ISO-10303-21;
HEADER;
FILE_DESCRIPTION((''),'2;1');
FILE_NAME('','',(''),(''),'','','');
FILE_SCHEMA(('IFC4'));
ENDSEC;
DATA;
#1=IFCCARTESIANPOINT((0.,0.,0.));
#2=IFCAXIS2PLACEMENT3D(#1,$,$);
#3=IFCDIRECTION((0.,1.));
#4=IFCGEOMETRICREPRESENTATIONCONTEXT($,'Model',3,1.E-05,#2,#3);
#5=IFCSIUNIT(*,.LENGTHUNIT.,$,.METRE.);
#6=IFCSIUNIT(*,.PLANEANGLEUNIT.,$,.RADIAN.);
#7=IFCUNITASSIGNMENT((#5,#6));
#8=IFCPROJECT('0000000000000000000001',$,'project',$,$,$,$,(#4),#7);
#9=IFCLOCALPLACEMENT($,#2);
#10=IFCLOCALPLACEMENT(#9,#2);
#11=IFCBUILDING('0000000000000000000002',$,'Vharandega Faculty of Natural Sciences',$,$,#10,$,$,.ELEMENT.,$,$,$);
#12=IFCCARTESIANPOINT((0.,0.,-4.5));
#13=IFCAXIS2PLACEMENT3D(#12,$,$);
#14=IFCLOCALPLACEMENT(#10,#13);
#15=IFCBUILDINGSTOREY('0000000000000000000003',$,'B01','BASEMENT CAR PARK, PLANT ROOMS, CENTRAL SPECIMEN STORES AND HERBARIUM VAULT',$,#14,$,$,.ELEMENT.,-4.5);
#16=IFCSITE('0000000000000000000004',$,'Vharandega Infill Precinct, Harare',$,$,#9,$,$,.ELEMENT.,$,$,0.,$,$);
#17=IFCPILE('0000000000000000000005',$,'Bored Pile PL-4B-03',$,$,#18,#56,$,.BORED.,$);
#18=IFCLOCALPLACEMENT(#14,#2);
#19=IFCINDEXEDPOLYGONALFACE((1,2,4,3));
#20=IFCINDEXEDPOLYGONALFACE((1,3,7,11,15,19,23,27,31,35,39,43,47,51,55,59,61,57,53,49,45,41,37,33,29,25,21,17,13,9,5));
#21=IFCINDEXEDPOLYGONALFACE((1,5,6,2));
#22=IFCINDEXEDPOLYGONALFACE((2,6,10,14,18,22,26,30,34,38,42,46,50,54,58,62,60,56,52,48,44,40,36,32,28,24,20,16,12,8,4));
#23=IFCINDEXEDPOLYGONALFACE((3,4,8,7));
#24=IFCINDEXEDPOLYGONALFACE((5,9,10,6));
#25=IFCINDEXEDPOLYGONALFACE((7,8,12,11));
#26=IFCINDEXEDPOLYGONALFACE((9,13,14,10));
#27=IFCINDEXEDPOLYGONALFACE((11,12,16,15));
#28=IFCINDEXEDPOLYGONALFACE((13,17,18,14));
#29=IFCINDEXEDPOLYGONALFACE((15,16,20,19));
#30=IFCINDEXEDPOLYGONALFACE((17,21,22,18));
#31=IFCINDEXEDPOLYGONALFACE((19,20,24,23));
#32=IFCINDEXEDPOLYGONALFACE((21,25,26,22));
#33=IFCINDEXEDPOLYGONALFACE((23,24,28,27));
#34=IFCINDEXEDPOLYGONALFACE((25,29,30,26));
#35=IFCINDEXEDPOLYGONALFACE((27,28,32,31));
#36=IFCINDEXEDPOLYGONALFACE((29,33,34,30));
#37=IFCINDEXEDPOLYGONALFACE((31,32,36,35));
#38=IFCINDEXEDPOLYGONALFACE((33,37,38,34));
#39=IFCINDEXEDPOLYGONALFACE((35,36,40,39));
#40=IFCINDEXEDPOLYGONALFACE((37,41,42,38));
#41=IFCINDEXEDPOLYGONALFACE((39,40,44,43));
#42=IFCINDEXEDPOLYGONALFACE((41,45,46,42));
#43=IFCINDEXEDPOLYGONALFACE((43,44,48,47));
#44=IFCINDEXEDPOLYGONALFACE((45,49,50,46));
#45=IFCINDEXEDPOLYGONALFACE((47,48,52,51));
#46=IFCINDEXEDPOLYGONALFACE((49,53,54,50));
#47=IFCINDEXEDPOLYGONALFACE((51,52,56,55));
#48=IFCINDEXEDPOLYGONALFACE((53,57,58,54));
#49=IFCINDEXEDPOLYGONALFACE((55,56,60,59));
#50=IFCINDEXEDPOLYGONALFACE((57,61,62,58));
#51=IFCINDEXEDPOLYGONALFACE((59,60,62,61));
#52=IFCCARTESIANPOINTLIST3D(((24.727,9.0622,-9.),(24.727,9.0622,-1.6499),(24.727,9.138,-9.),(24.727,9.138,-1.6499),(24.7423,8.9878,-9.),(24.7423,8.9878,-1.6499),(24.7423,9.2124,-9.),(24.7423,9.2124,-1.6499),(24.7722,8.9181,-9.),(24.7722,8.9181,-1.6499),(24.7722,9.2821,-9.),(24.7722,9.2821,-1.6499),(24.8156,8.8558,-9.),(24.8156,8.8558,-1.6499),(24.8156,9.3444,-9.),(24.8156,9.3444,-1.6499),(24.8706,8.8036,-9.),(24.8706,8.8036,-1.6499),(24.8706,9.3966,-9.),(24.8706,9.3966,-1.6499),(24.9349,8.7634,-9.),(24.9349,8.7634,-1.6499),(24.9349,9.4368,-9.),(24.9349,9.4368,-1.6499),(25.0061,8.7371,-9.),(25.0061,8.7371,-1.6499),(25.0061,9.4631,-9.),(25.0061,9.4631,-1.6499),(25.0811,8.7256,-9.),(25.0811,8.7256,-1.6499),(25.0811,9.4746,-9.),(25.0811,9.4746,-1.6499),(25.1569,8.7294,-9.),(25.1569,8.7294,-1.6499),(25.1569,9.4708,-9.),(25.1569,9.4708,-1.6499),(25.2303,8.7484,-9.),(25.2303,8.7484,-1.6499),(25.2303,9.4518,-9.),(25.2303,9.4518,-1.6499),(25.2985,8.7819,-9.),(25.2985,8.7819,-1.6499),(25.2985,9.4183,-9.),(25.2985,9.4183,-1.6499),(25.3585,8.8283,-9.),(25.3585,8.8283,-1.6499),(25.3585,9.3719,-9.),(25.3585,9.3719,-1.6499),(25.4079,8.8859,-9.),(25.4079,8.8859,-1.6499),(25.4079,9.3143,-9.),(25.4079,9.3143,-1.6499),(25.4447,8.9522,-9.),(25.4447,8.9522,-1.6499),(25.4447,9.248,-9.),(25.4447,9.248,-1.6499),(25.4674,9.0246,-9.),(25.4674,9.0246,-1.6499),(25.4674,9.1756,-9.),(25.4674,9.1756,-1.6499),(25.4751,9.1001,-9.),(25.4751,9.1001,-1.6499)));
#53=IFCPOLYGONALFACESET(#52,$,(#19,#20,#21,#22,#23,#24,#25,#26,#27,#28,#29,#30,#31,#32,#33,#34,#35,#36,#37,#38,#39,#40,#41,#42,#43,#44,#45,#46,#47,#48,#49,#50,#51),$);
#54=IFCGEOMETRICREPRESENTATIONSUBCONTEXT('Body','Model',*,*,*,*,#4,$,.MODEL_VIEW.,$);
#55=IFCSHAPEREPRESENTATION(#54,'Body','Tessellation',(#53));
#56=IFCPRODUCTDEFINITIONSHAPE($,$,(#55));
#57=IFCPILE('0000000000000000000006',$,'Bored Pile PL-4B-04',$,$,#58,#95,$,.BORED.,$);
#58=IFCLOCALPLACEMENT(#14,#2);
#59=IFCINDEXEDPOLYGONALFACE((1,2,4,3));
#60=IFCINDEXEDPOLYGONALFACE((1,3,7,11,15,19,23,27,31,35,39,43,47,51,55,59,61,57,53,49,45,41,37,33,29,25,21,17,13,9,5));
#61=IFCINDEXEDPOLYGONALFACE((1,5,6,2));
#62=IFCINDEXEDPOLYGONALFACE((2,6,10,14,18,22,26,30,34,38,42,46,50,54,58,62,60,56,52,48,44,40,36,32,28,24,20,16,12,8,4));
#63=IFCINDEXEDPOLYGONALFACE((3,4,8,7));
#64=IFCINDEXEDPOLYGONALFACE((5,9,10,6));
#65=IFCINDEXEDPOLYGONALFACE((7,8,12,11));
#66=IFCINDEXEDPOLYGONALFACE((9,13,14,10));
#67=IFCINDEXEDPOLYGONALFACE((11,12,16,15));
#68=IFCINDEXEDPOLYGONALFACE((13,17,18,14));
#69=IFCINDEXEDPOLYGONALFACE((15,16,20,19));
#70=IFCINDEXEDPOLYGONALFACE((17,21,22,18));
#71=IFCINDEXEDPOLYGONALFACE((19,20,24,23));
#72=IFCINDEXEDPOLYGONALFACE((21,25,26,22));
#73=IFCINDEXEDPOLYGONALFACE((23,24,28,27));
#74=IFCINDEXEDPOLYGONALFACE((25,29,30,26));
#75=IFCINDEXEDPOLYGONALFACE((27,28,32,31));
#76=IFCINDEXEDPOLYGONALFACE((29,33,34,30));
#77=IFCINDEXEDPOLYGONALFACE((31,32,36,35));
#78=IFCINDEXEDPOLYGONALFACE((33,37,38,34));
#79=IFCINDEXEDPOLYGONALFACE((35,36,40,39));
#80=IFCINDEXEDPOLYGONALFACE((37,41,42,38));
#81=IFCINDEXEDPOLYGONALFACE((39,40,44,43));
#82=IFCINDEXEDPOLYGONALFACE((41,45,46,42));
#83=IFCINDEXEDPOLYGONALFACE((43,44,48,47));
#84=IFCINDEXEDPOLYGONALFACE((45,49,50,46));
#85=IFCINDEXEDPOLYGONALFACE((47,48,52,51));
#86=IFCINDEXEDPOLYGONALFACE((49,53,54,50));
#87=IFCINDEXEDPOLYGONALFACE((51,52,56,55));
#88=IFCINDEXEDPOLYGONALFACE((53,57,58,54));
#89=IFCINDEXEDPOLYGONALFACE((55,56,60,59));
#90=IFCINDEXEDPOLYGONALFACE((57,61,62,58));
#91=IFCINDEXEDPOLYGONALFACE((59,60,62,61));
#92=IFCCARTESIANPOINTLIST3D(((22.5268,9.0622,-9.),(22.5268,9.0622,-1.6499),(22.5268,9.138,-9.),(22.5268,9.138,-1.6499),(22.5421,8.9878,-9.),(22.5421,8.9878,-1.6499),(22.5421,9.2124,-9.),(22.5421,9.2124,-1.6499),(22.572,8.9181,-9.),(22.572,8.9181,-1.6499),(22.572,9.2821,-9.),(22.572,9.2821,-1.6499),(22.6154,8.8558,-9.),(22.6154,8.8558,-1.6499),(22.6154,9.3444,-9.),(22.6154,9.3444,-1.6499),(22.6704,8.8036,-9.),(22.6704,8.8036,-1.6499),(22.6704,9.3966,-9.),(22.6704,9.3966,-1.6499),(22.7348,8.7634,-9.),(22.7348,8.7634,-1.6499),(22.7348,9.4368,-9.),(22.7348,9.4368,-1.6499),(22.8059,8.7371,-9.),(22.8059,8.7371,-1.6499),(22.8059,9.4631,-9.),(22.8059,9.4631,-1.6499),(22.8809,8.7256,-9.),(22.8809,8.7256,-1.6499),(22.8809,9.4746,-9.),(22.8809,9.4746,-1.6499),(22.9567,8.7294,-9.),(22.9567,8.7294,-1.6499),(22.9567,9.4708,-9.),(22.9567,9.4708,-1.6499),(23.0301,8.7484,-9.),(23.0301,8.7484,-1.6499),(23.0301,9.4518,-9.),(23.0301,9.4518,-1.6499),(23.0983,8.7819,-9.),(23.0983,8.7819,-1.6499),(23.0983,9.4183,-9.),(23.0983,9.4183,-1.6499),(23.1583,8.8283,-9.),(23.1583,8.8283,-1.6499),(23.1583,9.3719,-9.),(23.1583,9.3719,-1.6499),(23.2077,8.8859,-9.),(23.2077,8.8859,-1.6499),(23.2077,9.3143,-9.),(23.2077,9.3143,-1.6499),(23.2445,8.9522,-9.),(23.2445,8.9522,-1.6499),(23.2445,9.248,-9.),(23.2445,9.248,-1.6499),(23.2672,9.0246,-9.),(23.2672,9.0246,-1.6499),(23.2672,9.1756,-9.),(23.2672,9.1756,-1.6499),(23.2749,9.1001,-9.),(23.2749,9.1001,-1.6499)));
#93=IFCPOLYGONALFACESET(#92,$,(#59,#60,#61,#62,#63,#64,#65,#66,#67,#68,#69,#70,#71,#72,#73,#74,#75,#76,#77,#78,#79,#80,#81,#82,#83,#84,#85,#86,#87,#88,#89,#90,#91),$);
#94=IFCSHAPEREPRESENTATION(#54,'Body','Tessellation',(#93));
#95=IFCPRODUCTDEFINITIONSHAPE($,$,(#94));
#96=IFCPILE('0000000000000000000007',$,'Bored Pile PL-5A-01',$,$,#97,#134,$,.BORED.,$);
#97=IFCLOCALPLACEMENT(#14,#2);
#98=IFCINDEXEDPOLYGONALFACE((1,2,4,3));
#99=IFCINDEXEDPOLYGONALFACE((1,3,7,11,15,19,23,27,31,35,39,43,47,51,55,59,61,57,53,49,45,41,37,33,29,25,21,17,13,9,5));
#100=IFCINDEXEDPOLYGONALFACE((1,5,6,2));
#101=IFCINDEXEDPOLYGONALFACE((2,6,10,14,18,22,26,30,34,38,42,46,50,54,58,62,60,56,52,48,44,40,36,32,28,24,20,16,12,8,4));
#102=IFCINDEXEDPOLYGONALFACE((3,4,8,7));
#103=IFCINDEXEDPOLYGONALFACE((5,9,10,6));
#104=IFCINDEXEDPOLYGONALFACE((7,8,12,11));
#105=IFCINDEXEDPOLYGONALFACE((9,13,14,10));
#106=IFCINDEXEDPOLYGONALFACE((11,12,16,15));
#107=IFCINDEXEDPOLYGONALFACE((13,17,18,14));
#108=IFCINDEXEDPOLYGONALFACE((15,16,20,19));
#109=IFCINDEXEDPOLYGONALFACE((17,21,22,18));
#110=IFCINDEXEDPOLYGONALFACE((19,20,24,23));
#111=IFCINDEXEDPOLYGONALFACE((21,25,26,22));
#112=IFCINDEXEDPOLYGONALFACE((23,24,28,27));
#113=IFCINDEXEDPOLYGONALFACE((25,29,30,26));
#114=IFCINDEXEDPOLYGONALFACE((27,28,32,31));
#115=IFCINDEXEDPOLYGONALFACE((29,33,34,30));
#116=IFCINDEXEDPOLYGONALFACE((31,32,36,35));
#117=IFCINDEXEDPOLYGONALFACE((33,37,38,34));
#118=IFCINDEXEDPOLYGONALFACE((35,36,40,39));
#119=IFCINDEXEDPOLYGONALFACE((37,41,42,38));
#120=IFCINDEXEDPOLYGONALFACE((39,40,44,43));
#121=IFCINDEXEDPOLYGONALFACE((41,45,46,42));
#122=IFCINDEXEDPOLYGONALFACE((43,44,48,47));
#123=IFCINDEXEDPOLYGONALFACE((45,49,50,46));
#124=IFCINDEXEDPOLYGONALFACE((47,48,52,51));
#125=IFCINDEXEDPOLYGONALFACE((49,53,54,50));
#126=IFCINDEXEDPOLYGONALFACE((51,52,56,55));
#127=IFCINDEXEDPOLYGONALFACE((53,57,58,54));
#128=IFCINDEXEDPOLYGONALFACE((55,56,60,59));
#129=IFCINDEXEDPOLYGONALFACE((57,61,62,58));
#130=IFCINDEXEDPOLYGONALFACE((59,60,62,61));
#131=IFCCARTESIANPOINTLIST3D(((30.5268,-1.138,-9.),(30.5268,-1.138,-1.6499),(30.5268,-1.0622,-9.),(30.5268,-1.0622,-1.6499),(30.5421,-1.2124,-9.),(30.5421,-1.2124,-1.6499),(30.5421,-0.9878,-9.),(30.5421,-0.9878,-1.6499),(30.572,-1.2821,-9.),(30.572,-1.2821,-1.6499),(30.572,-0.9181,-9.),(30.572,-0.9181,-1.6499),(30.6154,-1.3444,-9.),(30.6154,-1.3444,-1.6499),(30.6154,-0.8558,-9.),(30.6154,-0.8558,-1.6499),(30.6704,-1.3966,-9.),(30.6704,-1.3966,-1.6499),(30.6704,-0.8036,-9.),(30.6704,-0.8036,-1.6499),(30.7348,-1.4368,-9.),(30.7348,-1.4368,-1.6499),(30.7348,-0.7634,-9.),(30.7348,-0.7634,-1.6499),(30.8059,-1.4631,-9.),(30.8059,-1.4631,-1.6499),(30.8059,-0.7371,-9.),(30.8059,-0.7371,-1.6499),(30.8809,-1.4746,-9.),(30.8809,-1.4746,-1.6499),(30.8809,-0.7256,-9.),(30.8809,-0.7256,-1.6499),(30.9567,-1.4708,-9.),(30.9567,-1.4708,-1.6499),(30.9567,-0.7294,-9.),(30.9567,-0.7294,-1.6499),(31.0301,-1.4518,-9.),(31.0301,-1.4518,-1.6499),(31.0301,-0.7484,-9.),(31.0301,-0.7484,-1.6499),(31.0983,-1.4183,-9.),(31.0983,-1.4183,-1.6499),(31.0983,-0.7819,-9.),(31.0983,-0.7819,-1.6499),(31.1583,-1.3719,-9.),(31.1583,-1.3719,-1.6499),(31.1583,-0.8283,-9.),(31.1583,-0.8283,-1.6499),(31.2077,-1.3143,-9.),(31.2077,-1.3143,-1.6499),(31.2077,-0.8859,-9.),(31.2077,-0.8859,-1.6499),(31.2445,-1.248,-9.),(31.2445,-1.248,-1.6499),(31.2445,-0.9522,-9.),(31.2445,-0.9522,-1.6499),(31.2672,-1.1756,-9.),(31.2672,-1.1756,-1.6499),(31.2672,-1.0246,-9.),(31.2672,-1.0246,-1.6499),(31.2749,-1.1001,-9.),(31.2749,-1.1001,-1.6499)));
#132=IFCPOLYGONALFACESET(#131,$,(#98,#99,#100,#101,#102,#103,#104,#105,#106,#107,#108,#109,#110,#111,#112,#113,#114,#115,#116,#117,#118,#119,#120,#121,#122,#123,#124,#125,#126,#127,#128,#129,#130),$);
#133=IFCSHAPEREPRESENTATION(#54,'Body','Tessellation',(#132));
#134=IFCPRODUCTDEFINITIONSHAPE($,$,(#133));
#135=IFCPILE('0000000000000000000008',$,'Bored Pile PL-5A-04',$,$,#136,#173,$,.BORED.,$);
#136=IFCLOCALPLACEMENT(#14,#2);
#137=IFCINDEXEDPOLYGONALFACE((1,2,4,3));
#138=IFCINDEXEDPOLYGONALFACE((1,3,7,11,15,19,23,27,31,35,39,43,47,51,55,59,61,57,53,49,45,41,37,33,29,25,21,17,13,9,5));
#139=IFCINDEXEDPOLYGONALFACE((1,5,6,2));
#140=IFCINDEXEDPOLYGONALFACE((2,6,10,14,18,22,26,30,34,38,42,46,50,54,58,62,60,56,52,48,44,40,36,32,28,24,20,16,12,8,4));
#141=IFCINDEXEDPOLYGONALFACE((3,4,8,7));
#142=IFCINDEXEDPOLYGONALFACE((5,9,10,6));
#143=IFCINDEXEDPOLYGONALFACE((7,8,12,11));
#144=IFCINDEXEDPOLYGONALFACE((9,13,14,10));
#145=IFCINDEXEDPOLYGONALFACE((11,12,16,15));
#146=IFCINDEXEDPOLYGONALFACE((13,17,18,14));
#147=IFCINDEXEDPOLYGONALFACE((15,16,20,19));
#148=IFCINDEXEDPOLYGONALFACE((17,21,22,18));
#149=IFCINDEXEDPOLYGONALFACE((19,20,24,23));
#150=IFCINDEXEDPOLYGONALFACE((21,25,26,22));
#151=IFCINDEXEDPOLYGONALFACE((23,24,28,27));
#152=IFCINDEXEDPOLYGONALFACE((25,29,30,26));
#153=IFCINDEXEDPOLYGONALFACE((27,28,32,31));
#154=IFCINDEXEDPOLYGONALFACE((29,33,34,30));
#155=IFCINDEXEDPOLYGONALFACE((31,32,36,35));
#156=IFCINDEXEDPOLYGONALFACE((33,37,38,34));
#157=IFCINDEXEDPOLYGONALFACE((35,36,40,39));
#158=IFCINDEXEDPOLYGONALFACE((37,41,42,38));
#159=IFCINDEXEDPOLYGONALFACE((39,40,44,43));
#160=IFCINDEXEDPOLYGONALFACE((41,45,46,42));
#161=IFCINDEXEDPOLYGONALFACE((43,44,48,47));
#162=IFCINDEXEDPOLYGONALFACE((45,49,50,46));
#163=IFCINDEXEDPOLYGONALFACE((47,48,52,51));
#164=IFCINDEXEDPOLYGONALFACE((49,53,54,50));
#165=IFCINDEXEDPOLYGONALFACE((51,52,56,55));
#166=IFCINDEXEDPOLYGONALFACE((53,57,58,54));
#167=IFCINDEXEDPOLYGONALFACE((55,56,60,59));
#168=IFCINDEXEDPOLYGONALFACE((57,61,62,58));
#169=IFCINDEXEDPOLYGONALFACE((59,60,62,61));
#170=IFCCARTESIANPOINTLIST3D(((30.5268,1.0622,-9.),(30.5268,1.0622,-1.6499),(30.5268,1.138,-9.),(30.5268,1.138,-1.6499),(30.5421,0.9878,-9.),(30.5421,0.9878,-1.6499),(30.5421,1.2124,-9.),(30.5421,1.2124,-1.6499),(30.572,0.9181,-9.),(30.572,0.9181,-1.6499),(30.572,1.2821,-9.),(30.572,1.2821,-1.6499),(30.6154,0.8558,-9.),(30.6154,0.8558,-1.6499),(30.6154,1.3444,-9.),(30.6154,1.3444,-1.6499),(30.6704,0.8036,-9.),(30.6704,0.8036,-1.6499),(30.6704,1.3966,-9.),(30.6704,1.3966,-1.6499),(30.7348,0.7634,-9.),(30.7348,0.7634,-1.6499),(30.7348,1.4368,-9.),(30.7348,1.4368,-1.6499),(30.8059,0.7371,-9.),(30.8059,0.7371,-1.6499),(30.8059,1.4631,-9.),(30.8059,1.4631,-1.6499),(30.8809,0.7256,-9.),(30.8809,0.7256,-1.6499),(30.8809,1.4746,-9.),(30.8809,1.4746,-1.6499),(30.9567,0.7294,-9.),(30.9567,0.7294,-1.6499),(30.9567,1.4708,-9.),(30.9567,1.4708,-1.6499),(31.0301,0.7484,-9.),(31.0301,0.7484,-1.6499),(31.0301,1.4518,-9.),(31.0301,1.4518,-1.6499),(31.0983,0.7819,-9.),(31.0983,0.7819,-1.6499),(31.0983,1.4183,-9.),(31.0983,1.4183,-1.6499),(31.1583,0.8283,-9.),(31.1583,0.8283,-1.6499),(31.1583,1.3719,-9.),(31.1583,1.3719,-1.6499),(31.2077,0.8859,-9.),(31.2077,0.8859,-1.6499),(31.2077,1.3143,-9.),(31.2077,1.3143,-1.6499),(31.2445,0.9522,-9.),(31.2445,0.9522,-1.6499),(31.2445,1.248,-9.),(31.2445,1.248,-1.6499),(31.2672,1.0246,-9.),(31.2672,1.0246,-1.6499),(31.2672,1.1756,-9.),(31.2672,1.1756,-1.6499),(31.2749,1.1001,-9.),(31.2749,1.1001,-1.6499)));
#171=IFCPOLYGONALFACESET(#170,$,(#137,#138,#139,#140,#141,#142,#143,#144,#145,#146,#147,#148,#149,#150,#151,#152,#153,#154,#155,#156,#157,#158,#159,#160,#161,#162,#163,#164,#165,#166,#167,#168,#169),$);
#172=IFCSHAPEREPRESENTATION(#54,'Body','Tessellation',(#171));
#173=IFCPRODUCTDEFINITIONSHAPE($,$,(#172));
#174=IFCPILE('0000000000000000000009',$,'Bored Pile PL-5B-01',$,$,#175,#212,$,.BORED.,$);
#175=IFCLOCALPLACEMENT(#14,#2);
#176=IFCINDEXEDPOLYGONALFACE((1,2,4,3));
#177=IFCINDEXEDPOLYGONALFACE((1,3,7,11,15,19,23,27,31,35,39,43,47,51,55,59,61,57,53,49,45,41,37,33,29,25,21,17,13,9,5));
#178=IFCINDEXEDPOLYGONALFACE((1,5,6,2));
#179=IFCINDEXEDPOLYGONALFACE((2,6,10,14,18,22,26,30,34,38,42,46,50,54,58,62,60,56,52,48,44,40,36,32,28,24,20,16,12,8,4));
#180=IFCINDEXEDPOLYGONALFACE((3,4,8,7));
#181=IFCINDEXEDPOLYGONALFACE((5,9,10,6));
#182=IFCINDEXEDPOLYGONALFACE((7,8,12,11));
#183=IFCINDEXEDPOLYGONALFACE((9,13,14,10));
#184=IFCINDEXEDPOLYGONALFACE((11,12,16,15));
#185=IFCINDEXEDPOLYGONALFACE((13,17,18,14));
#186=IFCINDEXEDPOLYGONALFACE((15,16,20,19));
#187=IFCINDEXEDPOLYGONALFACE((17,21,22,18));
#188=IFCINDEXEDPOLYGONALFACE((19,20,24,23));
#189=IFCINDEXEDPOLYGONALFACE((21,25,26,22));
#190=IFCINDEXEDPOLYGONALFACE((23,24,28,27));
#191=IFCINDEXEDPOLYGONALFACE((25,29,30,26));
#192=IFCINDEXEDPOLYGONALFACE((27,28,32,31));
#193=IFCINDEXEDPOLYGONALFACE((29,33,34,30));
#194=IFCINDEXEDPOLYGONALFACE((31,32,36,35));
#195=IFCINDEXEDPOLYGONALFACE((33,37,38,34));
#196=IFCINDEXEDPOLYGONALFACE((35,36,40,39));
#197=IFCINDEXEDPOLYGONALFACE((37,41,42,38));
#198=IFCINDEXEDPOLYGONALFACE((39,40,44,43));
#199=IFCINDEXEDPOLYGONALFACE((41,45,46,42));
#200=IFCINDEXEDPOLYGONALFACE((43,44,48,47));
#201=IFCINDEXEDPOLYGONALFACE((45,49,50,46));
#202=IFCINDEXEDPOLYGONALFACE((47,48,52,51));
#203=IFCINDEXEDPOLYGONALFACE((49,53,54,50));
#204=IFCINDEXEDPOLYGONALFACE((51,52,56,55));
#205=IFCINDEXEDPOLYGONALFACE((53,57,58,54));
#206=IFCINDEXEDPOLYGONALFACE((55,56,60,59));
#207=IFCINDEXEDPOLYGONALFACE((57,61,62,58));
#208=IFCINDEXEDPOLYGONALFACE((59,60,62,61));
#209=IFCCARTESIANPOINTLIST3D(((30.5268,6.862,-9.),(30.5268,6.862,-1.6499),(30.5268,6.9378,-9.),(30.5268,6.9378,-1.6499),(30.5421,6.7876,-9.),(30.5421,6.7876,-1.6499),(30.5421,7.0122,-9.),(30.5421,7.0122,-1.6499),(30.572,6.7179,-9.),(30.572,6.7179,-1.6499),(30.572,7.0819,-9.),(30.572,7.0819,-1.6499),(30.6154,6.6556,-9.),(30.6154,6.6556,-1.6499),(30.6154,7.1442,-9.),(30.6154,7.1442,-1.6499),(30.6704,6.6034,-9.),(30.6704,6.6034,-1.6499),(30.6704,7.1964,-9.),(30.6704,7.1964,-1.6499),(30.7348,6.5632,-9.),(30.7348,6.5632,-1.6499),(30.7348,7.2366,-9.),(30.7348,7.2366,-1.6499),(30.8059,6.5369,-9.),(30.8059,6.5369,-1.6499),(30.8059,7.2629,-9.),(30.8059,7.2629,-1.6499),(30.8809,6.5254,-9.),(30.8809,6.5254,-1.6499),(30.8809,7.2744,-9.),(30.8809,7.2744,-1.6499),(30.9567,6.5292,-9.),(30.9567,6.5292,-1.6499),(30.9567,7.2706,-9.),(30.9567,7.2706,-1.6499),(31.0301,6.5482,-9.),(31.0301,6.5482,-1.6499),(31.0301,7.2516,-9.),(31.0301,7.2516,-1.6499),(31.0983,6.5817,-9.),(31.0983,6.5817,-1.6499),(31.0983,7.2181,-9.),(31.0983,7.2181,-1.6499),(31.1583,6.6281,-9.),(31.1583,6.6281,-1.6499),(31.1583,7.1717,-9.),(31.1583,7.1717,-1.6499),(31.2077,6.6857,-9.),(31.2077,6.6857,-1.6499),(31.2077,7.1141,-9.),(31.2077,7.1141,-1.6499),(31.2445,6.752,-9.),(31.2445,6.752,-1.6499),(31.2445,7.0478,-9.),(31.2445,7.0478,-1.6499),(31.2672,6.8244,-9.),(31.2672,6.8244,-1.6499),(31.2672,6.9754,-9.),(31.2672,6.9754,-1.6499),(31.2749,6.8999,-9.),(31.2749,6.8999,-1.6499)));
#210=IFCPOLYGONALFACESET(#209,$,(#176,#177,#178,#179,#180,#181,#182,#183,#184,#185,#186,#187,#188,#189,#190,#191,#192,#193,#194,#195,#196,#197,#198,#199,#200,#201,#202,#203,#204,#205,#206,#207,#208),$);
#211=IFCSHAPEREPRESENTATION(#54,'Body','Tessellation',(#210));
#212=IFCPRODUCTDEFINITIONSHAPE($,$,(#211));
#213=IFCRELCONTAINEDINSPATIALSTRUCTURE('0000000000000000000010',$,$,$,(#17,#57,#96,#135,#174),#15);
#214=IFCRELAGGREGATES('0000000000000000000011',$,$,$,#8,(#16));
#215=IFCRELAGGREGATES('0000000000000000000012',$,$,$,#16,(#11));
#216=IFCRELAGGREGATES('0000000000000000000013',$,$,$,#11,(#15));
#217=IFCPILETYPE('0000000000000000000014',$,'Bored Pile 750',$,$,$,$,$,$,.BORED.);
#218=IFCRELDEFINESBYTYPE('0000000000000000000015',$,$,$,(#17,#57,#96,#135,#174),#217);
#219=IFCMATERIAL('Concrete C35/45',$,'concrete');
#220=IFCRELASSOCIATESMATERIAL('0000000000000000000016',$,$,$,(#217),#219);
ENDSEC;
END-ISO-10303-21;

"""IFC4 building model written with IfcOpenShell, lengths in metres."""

from ifc_helpers import new_model, si_unit, direction, frame, origin, origin_2d, place, context, subcontext, project, spatial, circle, extrude, material, material_profile, profile_set, type_object, element, save


model = new_model("IFC4")

# Units and contexts
model_context = context("Model", 3, precision=1e-05, world=origin(), true_north=direction((0.0, 1.0)))
body_context = subcontext(model_context, "Body", "Model", "MODEL_VIEW")
ifc_project = project(units=[si_unit("LENGTHUNIT", "METRE"), si_unit("PLANEANGLEUNIT", "RADIAN")], contexts=[model_context])

# Site, building, storey
site_placement = place(None, origin())
site = spatial("IfcSite", under=ifc_project, at=site_placement, Name="Vharandega Infill Precinct, Harare", CompositionType="ELEMENT", RefElevation=0.0)
building_placement = place(site_placement, origin())
building = spatial("IfcBuilding", under=site, at=building_placement, Name="Vharandega Faculty of Natural Sciences", CompositionType="ELEMENT")
storey_placement = place(building_placement, frame((0.0, 0.0, -4.5)))
storey = spatial("IfcBuildingStorey", under=building, at=storey_placement, Name="B01", Description="BASEMENT CAR PARK, PLANT ROOMS, CENTRAL SPECIMEN STORES AND HERBARIUM VAULT", CompositionType="ELEMENT", Elevation=-4.5)

# Piles
ifc_material_1 = material(Name="Concrete C35/45", Category="concrete")
ifc_material_profile_1 = material_profile(ifc_material_1, circle(Radius=0.375, at=origin_2d()), Name="PILE 750")
ifc_profile_set_1 = profile_set([ifc_material_profile_1], Name="Concrete C35/45")
pile_type = type_object("IfcPileType", Name="Bored Pile 750", PredefinedType="BORED", material=ifc_profile_set_1)
for number, where, z_axis, x_axis, name in (
    (1, (25.1001, 9.1001, -1.6499), (0.0, 0.0, -1.0), (1.0, 0.0, 0.0), "Bored Pile PL-4B-03"),
    (2, (22.8999, 9.1001, -1.6499), (0.0, 0.0, -1.0), (1.0, 0.0, 0.0), "Bored Pile PL-4B-04"),
    (3, (30.8999, -1.1001, -1.6499), (0.0, 0.0, -1.0), (1.0, 0.0, 0.0), "Bored Pile PL-5A-01"),
    (4, (30.8999, 1.1001, -1.6499), (0.0, 0.0, -1.0), (1.0, 0.0, 0.0), "Bored Pile PL-5A-04"),
    (5, (30.8999, 6.8999, -1.6499), (0.0, 0.0, -1.0), (1.0, 0.0, 0.0), "Bored Pile PL-5B-01"),
):
    element("IfcPile", number, at=place(storey_placement, frame(where, z_axis=z_axis, x_axis=x_axis)), inside=storey, type_object=pile_type, Name=name, PredefinedType="BORED", context=body_context, shape_type="SweptSolid", body=[
        extrude(circle(Radius=0.375, at=origin_2d()), origin(), (0.0, 0.0, 1.0), 7.3501),
    ])

save(model, "model.ifc")
